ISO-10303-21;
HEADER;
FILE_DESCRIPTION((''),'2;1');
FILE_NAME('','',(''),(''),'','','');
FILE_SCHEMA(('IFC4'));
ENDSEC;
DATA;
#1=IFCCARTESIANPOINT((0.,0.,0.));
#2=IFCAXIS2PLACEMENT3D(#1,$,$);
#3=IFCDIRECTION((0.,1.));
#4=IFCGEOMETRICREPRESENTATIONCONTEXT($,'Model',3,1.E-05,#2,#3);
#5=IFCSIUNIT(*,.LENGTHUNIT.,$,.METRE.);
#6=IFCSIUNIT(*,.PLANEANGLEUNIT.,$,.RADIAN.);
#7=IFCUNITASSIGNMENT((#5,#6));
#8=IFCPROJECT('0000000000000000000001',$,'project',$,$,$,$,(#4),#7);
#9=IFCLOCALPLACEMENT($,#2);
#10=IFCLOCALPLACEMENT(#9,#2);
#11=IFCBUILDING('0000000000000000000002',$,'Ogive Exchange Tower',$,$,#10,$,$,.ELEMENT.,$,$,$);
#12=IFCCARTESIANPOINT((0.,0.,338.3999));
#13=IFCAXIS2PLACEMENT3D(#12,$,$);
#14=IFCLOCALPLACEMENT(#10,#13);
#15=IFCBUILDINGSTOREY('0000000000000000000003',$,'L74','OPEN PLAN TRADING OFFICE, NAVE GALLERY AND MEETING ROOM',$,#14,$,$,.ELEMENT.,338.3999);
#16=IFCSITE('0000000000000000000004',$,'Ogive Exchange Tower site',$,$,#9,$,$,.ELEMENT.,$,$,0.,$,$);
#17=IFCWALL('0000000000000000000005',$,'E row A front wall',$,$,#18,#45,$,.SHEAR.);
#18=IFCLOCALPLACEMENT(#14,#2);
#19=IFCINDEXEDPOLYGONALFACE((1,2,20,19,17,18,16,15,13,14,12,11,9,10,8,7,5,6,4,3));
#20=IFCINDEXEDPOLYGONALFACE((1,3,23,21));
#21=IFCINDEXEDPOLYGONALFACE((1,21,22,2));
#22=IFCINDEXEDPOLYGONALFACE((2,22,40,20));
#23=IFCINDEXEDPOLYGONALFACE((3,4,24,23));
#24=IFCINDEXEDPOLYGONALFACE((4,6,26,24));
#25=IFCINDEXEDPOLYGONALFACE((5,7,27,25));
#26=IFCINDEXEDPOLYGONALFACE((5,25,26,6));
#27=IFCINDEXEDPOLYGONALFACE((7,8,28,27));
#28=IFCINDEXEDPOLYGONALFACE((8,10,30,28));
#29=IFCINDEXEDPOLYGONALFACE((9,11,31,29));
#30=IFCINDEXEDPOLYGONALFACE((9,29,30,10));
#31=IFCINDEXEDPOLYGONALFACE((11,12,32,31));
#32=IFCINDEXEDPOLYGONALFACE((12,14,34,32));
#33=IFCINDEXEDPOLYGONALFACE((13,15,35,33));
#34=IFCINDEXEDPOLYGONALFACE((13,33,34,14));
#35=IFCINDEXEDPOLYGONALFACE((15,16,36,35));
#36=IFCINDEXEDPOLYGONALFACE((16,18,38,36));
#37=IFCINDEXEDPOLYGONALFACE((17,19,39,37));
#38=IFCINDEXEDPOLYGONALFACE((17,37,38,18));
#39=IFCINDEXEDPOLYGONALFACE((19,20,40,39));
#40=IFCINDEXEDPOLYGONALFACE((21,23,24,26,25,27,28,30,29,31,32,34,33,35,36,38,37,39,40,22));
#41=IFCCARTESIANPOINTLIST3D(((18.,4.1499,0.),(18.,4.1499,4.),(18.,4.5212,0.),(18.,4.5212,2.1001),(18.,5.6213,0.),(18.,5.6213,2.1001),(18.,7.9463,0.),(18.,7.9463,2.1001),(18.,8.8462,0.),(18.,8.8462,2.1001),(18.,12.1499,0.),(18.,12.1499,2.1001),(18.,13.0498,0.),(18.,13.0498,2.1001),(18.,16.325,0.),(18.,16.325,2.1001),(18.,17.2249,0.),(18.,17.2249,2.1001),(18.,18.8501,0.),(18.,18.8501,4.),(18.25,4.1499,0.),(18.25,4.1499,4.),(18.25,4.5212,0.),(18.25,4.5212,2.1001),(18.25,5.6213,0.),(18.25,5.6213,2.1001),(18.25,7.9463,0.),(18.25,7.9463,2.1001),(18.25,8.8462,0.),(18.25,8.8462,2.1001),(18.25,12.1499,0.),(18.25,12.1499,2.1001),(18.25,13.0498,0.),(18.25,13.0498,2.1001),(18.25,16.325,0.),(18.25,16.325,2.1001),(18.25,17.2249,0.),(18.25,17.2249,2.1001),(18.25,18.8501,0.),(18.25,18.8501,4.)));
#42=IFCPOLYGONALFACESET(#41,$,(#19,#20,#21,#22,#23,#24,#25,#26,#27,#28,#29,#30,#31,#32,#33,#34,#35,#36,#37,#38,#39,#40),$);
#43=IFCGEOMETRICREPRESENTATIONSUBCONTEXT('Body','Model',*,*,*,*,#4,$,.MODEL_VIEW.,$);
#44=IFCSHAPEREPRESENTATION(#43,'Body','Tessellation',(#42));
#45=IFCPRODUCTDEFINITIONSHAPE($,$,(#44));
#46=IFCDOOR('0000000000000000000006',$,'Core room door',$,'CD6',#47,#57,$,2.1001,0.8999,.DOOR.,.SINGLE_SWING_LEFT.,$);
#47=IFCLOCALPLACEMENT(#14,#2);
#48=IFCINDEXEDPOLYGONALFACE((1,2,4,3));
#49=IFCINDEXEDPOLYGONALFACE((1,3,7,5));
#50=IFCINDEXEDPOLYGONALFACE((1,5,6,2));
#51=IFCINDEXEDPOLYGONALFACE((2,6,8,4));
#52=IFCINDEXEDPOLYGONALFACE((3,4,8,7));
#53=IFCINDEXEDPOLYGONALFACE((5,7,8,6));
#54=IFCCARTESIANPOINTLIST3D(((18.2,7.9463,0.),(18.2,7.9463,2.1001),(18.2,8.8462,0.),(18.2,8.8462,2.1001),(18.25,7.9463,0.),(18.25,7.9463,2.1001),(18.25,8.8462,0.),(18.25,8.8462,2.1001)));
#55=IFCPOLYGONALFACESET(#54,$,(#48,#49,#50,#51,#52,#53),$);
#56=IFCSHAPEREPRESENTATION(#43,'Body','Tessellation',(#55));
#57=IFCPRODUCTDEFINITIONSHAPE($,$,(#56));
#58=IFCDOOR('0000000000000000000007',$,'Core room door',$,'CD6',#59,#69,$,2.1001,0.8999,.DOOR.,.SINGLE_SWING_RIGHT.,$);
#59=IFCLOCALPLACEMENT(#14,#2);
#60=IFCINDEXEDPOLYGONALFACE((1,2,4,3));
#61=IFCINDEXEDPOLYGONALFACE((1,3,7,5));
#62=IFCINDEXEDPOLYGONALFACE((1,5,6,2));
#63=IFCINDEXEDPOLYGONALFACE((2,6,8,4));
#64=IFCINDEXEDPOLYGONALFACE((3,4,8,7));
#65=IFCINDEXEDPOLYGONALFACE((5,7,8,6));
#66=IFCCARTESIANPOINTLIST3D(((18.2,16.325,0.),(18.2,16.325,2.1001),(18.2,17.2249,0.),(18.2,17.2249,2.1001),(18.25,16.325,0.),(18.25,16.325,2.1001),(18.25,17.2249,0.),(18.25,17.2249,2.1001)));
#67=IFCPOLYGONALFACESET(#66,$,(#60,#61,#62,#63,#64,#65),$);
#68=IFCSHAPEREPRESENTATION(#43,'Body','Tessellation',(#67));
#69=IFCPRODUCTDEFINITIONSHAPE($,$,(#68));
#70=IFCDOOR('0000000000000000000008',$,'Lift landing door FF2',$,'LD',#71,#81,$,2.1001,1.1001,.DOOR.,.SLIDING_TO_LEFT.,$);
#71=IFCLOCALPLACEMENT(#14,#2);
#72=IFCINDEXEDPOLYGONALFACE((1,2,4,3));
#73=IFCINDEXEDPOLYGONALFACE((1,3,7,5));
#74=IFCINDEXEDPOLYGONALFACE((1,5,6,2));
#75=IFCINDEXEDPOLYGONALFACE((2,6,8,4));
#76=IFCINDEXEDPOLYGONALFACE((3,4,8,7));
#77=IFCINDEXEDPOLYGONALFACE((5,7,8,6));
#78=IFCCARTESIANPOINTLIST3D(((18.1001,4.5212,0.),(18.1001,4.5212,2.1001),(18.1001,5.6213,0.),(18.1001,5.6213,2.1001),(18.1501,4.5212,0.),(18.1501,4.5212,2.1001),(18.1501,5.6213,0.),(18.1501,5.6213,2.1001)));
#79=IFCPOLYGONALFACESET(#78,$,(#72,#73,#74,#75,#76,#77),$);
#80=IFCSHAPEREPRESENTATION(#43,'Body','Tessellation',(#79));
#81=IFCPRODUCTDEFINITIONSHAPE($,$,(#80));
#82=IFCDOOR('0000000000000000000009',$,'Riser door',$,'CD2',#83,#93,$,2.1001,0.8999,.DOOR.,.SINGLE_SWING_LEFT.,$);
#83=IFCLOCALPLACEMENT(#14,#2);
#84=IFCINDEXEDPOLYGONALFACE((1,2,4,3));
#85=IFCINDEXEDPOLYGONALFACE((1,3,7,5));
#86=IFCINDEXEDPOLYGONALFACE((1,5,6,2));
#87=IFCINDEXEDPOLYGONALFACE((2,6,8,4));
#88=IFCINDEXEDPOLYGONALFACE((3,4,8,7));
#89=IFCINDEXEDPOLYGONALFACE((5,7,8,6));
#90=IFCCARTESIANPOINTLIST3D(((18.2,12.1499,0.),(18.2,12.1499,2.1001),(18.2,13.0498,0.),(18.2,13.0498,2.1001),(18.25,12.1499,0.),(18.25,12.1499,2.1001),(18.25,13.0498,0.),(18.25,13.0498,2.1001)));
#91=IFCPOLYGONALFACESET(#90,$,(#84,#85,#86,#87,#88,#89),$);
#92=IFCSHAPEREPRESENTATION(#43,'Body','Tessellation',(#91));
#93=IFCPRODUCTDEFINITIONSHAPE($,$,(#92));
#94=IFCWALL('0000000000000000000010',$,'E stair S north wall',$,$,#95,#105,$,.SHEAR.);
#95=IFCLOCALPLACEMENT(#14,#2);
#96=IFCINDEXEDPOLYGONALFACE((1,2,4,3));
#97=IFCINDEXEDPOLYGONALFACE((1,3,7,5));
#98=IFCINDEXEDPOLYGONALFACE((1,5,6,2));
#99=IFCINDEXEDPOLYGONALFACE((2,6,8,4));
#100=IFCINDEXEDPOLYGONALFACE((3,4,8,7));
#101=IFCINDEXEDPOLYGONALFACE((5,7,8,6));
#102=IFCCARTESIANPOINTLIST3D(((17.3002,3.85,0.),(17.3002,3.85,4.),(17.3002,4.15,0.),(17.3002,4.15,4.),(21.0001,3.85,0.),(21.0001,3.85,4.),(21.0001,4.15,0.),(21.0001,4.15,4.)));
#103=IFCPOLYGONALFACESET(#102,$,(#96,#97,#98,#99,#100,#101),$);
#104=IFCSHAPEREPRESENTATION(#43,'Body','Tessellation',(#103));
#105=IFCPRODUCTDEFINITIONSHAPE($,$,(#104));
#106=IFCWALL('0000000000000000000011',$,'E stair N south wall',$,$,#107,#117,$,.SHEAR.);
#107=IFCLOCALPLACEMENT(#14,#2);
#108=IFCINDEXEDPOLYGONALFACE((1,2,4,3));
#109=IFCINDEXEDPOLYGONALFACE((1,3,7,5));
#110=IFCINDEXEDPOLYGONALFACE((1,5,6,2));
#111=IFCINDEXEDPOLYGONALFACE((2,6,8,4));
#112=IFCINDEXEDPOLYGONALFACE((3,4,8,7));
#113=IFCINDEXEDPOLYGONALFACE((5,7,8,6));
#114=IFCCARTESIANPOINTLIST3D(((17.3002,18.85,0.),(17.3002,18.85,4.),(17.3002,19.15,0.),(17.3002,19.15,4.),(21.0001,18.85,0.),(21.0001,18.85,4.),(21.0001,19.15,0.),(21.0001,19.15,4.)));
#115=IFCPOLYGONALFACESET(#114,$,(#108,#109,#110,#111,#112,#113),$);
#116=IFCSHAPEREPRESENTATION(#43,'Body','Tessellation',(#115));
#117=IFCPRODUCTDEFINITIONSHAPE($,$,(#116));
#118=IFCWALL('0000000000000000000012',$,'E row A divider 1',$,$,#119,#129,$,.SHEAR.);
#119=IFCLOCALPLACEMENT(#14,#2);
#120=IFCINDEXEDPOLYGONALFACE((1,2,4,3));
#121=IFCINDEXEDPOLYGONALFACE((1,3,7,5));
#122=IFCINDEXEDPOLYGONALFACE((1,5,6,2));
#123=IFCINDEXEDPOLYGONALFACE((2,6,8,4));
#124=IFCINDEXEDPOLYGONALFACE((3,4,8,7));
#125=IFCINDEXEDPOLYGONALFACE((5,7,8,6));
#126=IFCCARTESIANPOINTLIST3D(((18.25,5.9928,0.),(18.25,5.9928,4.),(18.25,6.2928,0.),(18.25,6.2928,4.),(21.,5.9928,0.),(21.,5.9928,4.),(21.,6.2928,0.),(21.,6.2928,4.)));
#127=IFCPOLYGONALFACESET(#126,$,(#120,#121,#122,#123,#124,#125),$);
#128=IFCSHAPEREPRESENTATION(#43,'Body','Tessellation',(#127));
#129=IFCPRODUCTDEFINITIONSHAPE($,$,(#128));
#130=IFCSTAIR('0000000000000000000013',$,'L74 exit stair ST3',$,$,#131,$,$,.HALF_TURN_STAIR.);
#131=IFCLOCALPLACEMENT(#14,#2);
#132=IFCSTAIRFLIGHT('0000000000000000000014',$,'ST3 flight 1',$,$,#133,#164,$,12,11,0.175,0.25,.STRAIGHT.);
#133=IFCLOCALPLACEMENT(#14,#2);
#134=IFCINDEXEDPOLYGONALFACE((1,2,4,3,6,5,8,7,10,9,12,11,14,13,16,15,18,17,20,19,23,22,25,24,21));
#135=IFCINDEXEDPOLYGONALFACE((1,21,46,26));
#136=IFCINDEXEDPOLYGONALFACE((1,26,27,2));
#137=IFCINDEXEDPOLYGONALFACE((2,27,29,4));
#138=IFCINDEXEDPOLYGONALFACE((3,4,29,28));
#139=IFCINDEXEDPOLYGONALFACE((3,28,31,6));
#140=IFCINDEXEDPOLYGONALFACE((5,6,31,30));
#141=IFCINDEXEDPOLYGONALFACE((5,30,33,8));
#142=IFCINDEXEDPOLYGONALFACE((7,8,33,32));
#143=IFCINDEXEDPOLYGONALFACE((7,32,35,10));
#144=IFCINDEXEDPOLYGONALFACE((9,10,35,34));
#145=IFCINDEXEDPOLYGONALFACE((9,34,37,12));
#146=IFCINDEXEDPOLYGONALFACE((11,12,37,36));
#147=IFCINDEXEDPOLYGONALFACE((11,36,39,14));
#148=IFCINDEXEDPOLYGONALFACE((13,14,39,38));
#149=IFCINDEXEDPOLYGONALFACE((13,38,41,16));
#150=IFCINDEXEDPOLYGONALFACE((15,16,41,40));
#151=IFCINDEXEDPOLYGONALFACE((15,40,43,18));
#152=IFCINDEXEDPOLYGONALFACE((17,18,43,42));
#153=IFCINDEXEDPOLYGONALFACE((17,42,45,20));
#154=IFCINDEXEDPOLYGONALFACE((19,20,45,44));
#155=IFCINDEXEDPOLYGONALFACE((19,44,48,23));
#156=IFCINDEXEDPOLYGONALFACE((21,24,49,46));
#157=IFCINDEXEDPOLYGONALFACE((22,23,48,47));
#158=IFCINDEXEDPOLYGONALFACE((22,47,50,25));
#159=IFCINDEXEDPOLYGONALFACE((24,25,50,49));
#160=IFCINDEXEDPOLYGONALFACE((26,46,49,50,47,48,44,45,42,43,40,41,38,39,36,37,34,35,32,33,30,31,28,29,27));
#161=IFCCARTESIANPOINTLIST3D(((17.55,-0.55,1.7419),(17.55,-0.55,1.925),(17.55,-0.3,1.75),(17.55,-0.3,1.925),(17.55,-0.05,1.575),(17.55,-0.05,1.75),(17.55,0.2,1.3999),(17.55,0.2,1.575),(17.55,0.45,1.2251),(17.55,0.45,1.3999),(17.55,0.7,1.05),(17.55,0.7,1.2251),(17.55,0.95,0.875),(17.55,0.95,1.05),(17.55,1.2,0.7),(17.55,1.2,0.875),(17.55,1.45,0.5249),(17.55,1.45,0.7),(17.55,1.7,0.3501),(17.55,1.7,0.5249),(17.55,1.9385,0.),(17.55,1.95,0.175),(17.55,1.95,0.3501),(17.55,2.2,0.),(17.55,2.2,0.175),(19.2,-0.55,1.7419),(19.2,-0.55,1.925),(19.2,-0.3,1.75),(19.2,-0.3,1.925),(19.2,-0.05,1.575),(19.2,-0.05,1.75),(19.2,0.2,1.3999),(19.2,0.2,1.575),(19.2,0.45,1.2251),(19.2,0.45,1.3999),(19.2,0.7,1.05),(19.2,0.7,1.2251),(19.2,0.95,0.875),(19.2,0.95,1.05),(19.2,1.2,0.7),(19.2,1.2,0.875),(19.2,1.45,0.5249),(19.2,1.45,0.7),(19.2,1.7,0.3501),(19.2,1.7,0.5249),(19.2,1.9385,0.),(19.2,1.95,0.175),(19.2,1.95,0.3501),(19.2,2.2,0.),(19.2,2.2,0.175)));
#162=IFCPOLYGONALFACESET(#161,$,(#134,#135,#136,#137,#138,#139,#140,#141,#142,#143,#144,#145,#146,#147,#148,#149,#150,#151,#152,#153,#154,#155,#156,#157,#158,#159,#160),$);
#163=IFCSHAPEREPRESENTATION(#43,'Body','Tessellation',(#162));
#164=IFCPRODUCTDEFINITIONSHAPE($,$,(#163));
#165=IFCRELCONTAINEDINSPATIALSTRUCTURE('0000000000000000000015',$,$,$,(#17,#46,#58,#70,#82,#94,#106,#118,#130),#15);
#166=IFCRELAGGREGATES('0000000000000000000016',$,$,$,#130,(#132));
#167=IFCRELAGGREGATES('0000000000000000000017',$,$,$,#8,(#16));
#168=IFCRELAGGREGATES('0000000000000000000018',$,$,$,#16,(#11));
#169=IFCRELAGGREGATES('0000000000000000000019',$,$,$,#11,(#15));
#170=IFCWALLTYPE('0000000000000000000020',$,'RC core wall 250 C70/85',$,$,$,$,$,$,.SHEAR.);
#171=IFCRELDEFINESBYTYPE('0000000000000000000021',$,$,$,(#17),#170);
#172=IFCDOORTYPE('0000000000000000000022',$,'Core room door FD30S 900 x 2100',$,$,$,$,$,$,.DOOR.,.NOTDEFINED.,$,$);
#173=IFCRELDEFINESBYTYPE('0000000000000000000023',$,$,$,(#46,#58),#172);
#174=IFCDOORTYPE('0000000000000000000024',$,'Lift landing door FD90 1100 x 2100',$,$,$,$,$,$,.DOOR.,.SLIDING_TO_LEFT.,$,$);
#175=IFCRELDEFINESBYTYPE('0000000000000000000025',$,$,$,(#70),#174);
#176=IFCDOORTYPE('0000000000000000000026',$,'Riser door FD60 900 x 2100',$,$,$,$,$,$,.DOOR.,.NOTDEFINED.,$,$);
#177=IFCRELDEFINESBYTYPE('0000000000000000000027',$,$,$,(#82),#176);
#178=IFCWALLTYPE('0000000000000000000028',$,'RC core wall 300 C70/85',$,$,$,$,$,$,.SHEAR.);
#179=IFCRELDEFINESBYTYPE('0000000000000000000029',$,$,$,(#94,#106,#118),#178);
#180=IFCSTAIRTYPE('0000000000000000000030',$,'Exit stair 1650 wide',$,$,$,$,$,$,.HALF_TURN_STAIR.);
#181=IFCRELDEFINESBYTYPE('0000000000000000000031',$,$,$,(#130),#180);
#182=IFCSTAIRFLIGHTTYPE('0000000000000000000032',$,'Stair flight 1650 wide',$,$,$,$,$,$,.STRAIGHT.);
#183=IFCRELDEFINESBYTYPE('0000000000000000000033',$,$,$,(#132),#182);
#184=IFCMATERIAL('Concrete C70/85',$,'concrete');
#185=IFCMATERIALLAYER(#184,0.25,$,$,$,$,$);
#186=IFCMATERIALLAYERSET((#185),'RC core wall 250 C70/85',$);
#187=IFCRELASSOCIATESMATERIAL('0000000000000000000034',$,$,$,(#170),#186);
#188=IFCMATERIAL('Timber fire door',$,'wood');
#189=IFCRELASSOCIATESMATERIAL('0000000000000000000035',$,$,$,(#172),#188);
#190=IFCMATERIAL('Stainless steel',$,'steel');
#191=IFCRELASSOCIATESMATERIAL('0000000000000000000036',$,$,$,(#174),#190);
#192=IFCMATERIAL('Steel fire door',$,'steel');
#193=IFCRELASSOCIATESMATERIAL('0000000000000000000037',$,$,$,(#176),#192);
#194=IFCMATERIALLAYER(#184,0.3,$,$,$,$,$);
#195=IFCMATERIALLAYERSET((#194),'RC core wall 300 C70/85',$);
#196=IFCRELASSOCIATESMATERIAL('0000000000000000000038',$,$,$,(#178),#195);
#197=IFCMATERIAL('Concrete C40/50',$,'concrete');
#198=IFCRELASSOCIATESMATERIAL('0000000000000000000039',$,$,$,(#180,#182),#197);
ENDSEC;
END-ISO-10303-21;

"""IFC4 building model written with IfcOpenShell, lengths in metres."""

from ifc_helpers import new_model, si_unit, direction, frame, frame_2d, origin, place, context, subcontext, project, spatial, polyline, rectangle, outline, extrude, material, layer, layer_set, type_object, element, fill, aggregate, save


model = new_model("IFC4")

# Units and contexts
model_context = context("Model", 3, precision=1e-05, world=origin(), true_north=direction((0.0, 1.0)))
body_context = subcontext(model_context, "Body", "Model", "MODEL_VIEW")
ifc_project = project(units=[si_unit("LENGTHUNIT", "METRE"), si_unit("PLANEANGLEUNIT", "RADIAN")], contexts=[model_context])

# Site, building, storey
site_placement = place(None, origin())
site = spatial("IfcSite", under=ifc_project, at=site_placement, Name="Ogive Exchange Tower site", CompositionType="ELEMENT", RefElevation=0.0)
building_placement = place(site_placement, origin())
building = spatial("IfcBuilding", under=site, at=building_placement, Name="Ogive Exchange Tower", CompositionType="ELEMENT")
storey_placement = place(building_placement, frame((0.0, 0.0, 338.3999)))
storey = spatial("IfcBuildingStorey", under=building, at=storey_placement, Name="L74", Description="OPEN PLAN TRADING OFFICE, NAVE GALLERY AND MEETING ROOM", CompositionType="ELEMENT", Elevation=338.3999)

# Shared definitions
ifc_material_1 = material(Name="Concrete C70/85", Category="concrete")
ifc_layer_1 = layer(ifc_material_1, 0.25)
ifc_layer_set_1 = layer_set([ifc_layer_1], Name="RC core wall 250 C70/85")
wall_type_1 = type_object("IfcWallType", Name="RC core wall 250 C70/85", PredefinedType="SHEAR", material=ifc_layer_set_1)
ifc_material_2 = material(Name="Steel fire door", Category="steel")

# Wall, openings, doors
wall_1_placement = place(storey_placement, frame((18.125, 4.1499, 0.0), z_axis=(0.0, 0.0, 1.0), x_axis=(0.0, 1.0, 0.0)))
wall_1 = element("IfcWall", 1, at=wall_1_placement, inside=storey, type_object=wall_type_1, Name="E row A front wall", PredefinedType="SHEAR", context=body_context, shape_type="SweptSolid", body=[
    extrude(rectangle(XDim=14.7002, YDim=0.25, at=frame_2d((7.3501, 0.0))), origin(), (0.0, 0.0, 1.0), 4.0),
])
opening_1_placement = place(wall_1_placement, frame((3.7964, 0.0, 0.0)))
opening_1 = element("IfcOpeningElement", 2, at=opening_1_placement, cuts=wall_1, PredefinedType="OPENING", context=body_context, shape_type="SweptSolid", body=[
    extrude(rectangle(XDim=0.8999, YDim=2.1001, at=frame_2d((0.45, 1.05))), frame((0.0, 0.135, 0.0), z_axis=(0.0, -1.0, 0.0), x_axis=(1.0, 0.0, 0.0)), (0.0, 0.0, 1.0), 0.27),
])
opening_2_placement = place(wall_1_placement, frame((8.0, 0.0, 0.0)))
opening_2 = element("IfcOpeningElement", 3, at=opening_2_placement, cuts=wall_1, PredefinedType="OPENING", context=body_context, shape_type="SweptSolid", body=[
    extrude(rectangle(XDim=0.8999, YDim=2.1001, at=frame_2d((0.45, 1.05))), frame((0.0, 0.135, 0.0), z_axis=(0.0, -1.0, 0.0), x_axis=(1.0, 0.0, 0.0)), (0.0, 0.0, 1.0), 0.27),
])
opening_3_placement = place(wall_1_placement, frame((12.175, 0.0, 0.0)))
opening_3 = element("IfcOpeningElement", 4, at=opening_3_placement, cuts=wall_1, PredefinedType="OPENING", context=body_context, shape_type="SweptSolid", body=[
    extrude(rectangle(XDim=0.8999, YDim=2.1001, at=frame_2d((0.45, 1.05))), frame((0.0, 0.135, 0.0), z_axis=(0.0, -1.0, 0.0), x_axis=(1.0, 0.0, 0.0)), (0.0, 0.0, 1.0), 0.27),
])
opening_4_placement = place(wall_1_placement, frame((0.3713, 0.0, 0.0)))
opening_4 = element("IfcOpeningElement", 5, at=opening_4_placement, cuts=wall_1, PredefinedType="OPENING", context=body_context, shape_type="SweptSolid", body=[
    extrude(rectangle(XDim=1.1001, YDim=2.1001, at=frame_2d((0.55, 1.05))), frame((0.0, 0.135, 0.0), z_axis=(0.0, -1.0, 0.0), x_axis=(1.0, 0.0, 0.0)), (0.0, 0.0, 1.0), 0.27),
])
ifc_material_3 = material(Name="Timber fire door", Category="wood")
door_type_1 = type_object("IfcDoorType", Name="Core room door FD30S 900 x 2100", OperationType="NOTDEFINED", PredefinedType="DOOR", material=ifc_material_3)
door_1_placement = place(opening_1_placement, frame((0.8999, -0.2002, 0.0), z_axis=(0.0, 0.0, 1.0), x_axis=(-1.0, 0.0, 0.0)))
door_1 = element("IfcDoor", 6, at=door_1_placement, inside=storey, type_object=door_type_1, Name="Core room door", ObjectType="CD6", OperationType="SINGLE_SWING_LEFT", OverallHeight=2.1001, OverallWidth=0.8999, PredefinedType="DOOR", context=body_context, shape_type="SweptSolid", body=[
    extrude(rectangle(XDim=0.8999, YDim=2.1001, at=frame_2d((0.45, 1.05))), frame((0.0, -0.0752, 0.0), z_axis=(0.0, -1.0, 0.0), x_axis=(1.0, 0.0, 0.0)), (0.0, 0.0, 1.0), 0.05),
])
fill(opening_1, door_1)
door_2_placement = place(opening_3_placement, frame((0.8999, -0.2002, 0.0), z_axis=(0.0, 0.0, 1.0), x_axis=(-1.0, 0.0, 0.0)))
door_2 = element("IfcDoor", 7, at=door_2_placement, inside=storey, type_object=door_type_1, Name="Core room door", ObjectType="CD6", OperationType="SINGLE_SWING_RIGHT", OverallHeight=2.1001, OverallWidth=0.8999, PredefinedType="DOOR", context=body_context, shape_type="SweptSolid", body=[
    extrude(rectangle(XDim=0.8999, YDim=2.1001, at=frame_2d((0.45, 1.05))), frame((0.0, -0.0752, 0.0), z_axis=(0.0, -1.0, 0.0), x_axis=(1.0, 0.0, 0.0)), (0.0, 0.0, 1.0), 0.05),
])
fill(opening_3, door_2)
ifc_material_4 = material(Name="Stainless steel", Category="steel")
door_type_2 = type_object("IfcDoorType", Name="Lift landing door FD90 1100 x 2100", OperationType="SLIDING_TO_LEFT", PredefinedType="DOOR", material=ifc_material_4)
door_3_placement = place(opening_4_placement, origin())
door_3 = element("IfcDoor", 8, at=door_3_placement, inside=storey, type_object=door_type_2, Name="Lift landing door FF2", ObjectType="LD", OperationType="SLIDING_TO_LEFT", OverallHeight=2.1001, OverallWidth=1.1001, PredefinedType="DOOR", context=body_context, shape_type="SweptSolid", body=[
    extrude(rectangle(XDim=1.1001, YDim=2.1001, at=frame_2d((0.55, 1.05))), frame((0.0, 0.0249, 0.0), z_axis=(0.0, -1.0, 0.0), x_axis=(1.0, 0.0, 0.0)), (0.0, 0.0, 1.0), 0.05),
])
fill(opening_4, door_3)
door_type_3 = type_object("IfcDoorType", Name="Riser door FD60 900 x 2100", OperationType="NOTDEFINED", PredefinedType="DOOR", material=ifc_material_2)
door_4_placement = place(opening_2_placement, frame((0.8999, -0.2002, 0.0), z_axis=(0.0, 0.0, 1.0), x_axis=(-1.0, 0.0, 0.0)))
door_4 = element("IfcDoor", 9, at=door_4_placement, inside=storey, type_object=door_type_3, Name="Riser door", ObjectType="CD2", OperationType="SINGLE_SWING_LEFT", OverallHeight=2.1001, OverallWidth=0.8999, PredefinedType="DOOR", context=body_context, shape_type="SweptSolid", body=[
    extrude(rectangle(XDim=0.8999, YDim=2.1001, at=frame_2d((0.45, 1.05))), frame((0.0, -0.0752, 0.0), z_axis=(0.0, -1.0, 0.0), x_axis=(1.0, 0.0, 0.0)), (0.0, 0.0, 1.0), 0.05),
])
fill(opening_2, door_4)

# Walls
ifc_layer_2 = layer(ifc_material_1, 0.3)
ifc_layer_set_2 = layer_set([ifc_layer_2], Name="RC core wall 300 C70/85")
wall_type_2 = type_object("IfcWallType", Name="RC core wall 300 C70/85", PredefinedType="SHEAR", material=ifc_layer_set_2)
for number, where, z_axis, x_axis, name in (
    (10, (17.3, 4.0, 0.0), (0.0, 0.0, 1.0), (1.0, 0.0, 0.0), "E stair S north wall"),
    (11, (17.3, 19.0, 0.0), (0.0, 0.0, 1.0), (1.0, 0.0, 0.0), "E stair N south wall"),
):
    element("IfcWall", number, at=place(storey_placement, frame(where, z_axis=z_axis, x_axis=x_axis)), inside=storey, type_object=wall_type_2, Name=name, PredefinedType="SHEAR", context=body_context, shape_type="SweptSolid", body=[
        extrude(rectangle(XDim=3.7, YDim=0.3, at=frame_2d((1.8501, 0.0))), origin(), (0.0, 0.0, 1.0), 4.0),
    ])
wall_2_placement = place(storey_placement, frame((18.25, 6.1428, 0.0), z_axis=(0.0, 0.0, 1.0), x_axis=(1.0, 0.0, 0.0)))
element("IfcWall", 12, at=wall_2_placement, inside=storey, type_object=wall_type_2, Name="E row A divider 1", PredefinedType="SHEAR", context=body_context, shape_type="SweptSolid", body=[
    extrude(rectangle(XDim=2.75, YDim=0.3, at=frame_2d((1.375, 0.0))), origin(), (0.0, 0.0, 1.0), 4.0),
])

# Stair, stair flight
ifc_material_5 = material(Name="Concrete C40/50", Category="concrete")
stair_type = type_object("IfcStairType", Name="Exit stair 1650 wide", PredefinedType="HALF_TURN_STAIR", material=ifc_material_5)
stair_placement = place(storey_placement, origin())
stair = element("IfcStair", 13, at=stair_placement, inside=storey, type_object=stair_type, Name="L74 exit stair ST3", PredefinedType="HALF_TURN_STAIR")
stair_flight_type = type_object("IfcStairFlightType", Name="Stair flight 1650 wide", PredefinedType="STRAIGHT", material=ifc_material_5)
stair_flight_placement = place(storey_placement, frame((18.375, 2.2, 0.0), z_axis=(0.0, 0.0, 1.0), x_axis=(0.0, -1.0, 0.0)))
stair_flight = element("IfcStairFlight", 14, at=stair_flight_placement, type_object=stair_flight_type, Name="ST3 flight 1", NumberOfRisers=12, NumberOfTreads=11, PredefinedType="STRAIGHT", RiserHeight=0.175, TreadLength=0.25, context=body_context, shape_type="SweptSolid", body=[
    extrude(outline(polyline([(0.0, 0.0), (0.0, 0.175), (0.25, 0.175), (0.25, 0.3501), (0.5, 0.3501), (0.5, 0.5249), (0.75, 0.5249), (0.75, 0.7), (1.0, 0.7), (1.0, 0.875), (1.25, 0.875), (1.25, 1.05), (1.5, 1.05), (1.5, 1.2251), (1.75, 1.2251), (1.75, 1.3999), (2.0, 1.3999), (2.0, 1.575), (2.25, 1.575), (2.25, 1.75), (2.5, 1.75), (2.5, 1.925), (2.75, 1.925), (2.75, 2.1001), (2.75, 1.7419), (0.2615, 0.0), (0.0, 0.0)])), frame((0.0, 0.825, 0.0), z_axis=(0.0, -1.0, 0.0), x_axis=(1.0, 0.0, 0.0)), (0.0, 0.0, 1.0), 1.6499),
])
aggregate(stair, [stair_flight])

save(model, "model.ifc")
